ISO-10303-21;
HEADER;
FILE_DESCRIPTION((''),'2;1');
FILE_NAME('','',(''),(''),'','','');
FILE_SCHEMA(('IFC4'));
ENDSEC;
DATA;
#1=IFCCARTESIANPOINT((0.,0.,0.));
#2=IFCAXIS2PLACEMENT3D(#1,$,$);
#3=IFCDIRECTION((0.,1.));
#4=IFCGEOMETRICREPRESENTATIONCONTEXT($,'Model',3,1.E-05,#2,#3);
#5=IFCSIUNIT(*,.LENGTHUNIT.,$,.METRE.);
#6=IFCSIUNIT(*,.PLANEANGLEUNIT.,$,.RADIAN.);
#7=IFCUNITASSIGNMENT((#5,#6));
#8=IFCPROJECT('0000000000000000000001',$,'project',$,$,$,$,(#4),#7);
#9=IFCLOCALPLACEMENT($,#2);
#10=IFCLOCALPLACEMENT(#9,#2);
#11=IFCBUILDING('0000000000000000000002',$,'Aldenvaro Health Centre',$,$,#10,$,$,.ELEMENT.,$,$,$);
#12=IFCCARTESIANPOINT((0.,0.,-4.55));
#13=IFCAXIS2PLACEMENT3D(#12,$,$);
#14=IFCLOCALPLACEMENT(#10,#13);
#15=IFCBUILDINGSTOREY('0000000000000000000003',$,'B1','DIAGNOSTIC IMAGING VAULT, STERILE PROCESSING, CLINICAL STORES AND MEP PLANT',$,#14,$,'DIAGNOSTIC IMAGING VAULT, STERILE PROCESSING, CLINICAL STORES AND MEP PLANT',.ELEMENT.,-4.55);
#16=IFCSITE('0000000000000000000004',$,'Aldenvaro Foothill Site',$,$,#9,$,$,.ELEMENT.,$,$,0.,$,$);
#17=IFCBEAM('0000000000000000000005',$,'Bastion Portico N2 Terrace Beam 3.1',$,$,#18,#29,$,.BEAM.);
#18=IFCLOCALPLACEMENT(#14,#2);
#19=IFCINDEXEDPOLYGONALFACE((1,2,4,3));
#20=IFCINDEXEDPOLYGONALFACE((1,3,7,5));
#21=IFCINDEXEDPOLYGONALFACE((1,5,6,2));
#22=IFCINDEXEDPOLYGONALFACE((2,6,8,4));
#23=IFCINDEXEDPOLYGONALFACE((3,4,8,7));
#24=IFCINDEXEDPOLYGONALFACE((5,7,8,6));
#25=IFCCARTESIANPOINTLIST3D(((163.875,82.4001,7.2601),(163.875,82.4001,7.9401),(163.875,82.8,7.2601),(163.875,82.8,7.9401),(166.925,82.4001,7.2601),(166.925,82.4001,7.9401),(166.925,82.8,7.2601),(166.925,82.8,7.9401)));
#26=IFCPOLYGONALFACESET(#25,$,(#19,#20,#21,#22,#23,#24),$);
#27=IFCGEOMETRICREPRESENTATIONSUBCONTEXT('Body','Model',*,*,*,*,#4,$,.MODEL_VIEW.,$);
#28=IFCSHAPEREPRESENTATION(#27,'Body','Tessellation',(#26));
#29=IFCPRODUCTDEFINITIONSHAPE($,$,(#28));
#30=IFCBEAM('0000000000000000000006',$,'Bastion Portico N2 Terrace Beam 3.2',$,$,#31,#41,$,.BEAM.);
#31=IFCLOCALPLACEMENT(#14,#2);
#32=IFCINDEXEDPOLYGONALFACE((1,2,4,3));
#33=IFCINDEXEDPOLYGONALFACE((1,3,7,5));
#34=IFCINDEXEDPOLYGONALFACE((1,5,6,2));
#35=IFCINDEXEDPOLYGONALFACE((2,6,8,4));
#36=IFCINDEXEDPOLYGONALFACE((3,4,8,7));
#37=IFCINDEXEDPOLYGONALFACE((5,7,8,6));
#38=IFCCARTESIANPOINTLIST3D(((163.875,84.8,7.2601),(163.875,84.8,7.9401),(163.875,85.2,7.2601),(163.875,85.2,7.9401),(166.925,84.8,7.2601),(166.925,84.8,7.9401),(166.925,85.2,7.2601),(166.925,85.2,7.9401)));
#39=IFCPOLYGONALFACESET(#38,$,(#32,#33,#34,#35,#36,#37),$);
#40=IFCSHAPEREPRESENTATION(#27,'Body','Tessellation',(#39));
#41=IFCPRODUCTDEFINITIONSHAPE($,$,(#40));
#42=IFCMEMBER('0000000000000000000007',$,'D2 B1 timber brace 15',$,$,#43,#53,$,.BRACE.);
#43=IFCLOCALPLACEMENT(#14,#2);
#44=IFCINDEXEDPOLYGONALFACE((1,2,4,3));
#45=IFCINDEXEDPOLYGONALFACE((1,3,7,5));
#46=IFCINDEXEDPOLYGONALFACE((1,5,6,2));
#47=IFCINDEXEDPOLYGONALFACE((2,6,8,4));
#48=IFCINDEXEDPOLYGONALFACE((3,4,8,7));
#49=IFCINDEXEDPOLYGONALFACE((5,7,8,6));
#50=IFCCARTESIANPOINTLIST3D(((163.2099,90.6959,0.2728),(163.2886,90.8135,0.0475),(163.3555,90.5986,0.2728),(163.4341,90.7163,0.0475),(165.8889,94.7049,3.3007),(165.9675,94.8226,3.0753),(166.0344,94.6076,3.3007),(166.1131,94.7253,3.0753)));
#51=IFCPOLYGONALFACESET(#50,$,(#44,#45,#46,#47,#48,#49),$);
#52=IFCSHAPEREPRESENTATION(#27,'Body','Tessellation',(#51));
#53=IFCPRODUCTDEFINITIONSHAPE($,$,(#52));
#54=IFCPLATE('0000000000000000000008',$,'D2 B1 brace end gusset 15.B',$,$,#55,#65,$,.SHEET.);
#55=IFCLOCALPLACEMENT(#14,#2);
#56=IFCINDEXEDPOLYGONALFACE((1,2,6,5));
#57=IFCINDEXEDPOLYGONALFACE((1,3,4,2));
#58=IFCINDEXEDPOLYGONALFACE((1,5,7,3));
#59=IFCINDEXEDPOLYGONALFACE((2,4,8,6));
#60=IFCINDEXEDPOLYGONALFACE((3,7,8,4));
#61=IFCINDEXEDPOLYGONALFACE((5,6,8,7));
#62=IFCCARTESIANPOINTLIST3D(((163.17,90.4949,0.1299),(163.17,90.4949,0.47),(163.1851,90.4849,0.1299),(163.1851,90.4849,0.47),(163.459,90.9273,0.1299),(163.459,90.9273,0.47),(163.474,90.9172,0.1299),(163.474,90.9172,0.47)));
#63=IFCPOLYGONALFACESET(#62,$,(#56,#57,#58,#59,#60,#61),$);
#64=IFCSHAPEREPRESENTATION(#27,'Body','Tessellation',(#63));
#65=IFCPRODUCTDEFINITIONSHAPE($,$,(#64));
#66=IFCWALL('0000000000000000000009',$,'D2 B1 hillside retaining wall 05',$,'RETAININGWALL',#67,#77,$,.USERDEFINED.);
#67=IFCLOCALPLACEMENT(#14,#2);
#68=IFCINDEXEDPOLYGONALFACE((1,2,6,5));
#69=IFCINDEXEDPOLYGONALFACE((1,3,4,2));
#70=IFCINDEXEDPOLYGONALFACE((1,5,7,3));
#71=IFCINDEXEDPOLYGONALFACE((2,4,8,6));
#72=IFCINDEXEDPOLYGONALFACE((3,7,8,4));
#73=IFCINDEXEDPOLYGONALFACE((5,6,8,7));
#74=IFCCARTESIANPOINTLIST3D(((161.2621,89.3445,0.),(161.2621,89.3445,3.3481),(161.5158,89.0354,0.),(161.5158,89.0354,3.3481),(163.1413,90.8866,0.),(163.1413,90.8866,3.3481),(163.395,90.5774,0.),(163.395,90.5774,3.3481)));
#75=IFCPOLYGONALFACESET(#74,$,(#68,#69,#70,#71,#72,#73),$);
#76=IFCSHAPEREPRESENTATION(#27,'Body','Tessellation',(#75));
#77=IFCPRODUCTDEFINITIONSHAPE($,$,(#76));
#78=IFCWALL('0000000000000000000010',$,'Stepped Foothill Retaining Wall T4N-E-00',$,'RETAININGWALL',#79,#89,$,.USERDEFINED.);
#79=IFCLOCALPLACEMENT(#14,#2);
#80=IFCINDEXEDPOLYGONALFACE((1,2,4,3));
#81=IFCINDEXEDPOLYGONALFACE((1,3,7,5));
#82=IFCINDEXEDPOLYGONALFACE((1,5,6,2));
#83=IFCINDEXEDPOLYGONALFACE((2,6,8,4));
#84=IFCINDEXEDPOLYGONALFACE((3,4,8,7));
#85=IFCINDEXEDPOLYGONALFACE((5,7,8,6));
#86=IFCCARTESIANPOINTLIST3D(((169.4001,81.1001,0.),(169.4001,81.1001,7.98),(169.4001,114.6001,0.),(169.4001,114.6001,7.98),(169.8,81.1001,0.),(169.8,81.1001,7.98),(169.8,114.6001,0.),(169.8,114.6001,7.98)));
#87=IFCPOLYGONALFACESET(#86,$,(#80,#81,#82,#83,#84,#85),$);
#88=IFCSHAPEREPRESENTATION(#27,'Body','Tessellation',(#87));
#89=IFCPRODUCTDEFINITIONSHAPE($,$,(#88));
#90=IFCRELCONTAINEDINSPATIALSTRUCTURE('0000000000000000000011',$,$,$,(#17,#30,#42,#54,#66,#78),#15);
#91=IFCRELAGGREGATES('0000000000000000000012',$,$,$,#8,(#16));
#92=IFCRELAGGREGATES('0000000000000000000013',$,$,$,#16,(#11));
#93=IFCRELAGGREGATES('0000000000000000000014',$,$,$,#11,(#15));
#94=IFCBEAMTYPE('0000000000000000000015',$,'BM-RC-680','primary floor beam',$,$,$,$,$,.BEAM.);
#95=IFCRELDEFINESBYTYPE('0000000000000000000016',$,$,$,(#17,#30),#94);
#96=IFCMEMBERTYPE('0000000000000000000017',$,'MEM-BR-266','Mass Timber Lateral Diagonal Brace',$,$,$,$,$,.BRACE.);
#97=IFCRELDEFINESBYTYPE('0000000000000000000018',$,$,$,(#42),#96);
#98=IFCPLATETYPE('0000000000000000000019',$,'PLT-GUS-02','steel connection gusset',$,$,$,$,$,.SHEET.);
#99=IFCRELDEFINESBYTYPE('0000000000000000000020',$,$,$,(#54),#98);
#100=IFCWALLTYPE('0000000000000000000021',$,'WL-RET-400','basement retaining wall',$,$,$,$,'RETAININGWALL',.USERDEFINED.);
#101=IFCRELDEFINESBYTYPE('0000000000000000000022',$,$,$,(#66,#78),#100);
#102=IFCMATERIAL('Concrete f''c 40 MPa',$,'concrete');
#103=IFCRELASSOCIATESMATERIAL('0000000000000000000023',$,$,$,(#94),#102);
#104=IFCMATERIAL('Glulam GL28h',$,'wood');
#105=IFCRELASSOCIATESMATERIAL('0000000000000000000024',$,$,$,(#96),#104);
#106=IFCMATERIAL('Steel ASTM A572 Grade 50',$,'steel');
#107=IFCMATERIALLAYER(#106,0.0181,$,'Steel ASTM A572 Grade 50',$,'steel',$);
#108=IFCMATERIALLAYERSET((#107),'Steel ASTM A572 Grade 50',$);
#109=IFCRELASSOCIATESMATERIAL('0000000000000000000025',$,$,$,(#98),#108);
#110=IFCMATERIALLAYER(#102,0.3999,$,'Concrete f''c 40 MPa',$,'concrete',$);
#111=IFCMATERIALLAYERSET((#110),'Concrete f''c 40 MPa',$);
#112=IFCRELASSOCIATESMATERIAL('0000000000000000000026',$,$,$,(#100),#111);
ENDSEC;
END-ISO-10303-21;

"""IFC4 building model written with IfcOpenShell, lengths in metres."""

from ifc_helpers import new_model, si_unit, direction, frame, frame_2d, origin, origin_2d, place, context, subcontext, project, spatial, rectangle, extrude, material, layer, layer_set, material_profile, profile_set, type_object, element, save


model = new_model("IFC4")

# Units and contexts
model_context = context("Model", 3, precision=1e-05, world=origin(), true_north=direction((0.0, 1.0)))
body_context = subcontext(model_context, "Body", "Model", "MODEL_VIEW")
ifc_project = project(units=[si_unit("LENGTHUNIT", "METRE"), si_unit("PLANEANGLEUNIT", "RADIAN")], contexts=[model_context])

# Site, building, storey
site_placement = place(None, origin())
site = spatial("IfcSite", under=ifc_project, at=site_placement, Name="Aldenvaro Foothill Site", CompositionType="ELEMENT", RefElevation=0.0)
building_placement = place(site_placement, origin())
building = spatial("IfcBuilding", under=site, at=building_placement, Name="Aldenvaro Health Centre", CompositionType="ELEMENT")
storey_placement = place(building_placement, frame((0.0, 0.0, -4.55)))
storey = spatial("IfcBuildingStorey", under=building, at=storey_placement, Name="B1", Description="DIAGNOSTIC IMAGING VAULT, STERILE PROCESSING, CLINICAL STORES AND MEP PLANT", LongName="DIAGNOSTIC IMAGING VAULT, STERILE PROCESSING, CLINICAL STORES AND MEP PLANT", CompositionType="ELEMENT", Elevation=-4.55)

# Shared definitions
ifc_material_1 = material(Name="Concrete f'c 40 MPa", Category="concrete")

# Beams
ifc_material_profile_1 = material_profile(ifc_material_1, rectangle(XDim=0.3999, YDim=0.6799, at=origin_2d()), Name="RC 400x680", Category="concrete")
ifc_profile_set_1 = profile_set([ifc_material_profile_1], Name="Concrete f'c 40 MPa")
beam_type_1 = type_object("IfcBeamType", Name="BM-RC-680", Description="primary floor beam", PredefinedType="BEAM", material=ifc_profile_set_1)
for number, where, z_axis, x_axis, name in (
    (1, (163.875, 82.6001, 7.6001), (1.0, 0.0, 0.0), (0.0, 1.0, 0.0), "Bastion Portico N2 Terrace Beam 3.1"),
    (2, (163.875, 85.0, 7.6001), (1.0, 0.0, 0.0), (0.0, 1.0, 0.0), "Bastion Portico N2 Terrace Beam 3.2"),
):
    element("IfcBeam", number, at=place(storey_placement, frame(where, z_axis=z_axis, x_axis=x_axis)), inside=storey, type_object=beam_type_1, Name=name, PredefinedType="BEAM", context=body_context, shape_type="SweptSolid", body=[
        extrude(rectangle(XDim=0.3999, YDim=0.6799, at=origin_2d()), origin(), (0.0, 0.0, 1.0), 3.05),
    ])

# Member
ifc_material_2 = material(Name="Glulam GL28h", Category="wood")
ifc_material_profile_2 = material_profile(ifc_material_2, rectangle(XDim=0.175, YDim=0.2661, at=origin_2d()), Name="GL 175x266", Category="wood")
ifc_profile_set_2 = profile_set([ifc_material_profile_2], Name="Glulam GL28h")
member_type = type_object("IfcMemberType", Name="MEM-BR-266", Description="Mass Timber Lateral Diagonal Brace", PredefinedType="BRACE", material=ifc_profile_set_2)
member_placement = place(storey_placement, frame((163.322, 90.7061, 0.1602), z_axis=(0.470522, 0.704132, 0.531797), x_axis=(-0.83145, 0.5556, 0.0)))
element("IfcMember", 3, at=member_placement, inside=storey, type_object=member_type, Name="D2 B1 timber brace 15", PredefinedType="BRACE", context=body_context, shape_type="SweptSolid", body=[
    extrude(rectangle(XDim=0.175, YDim=0.2661, at=origin_2d()), origin(), (0.0, 0.0, 1.0), 5.6936),
])

# Plate
ifc_material_3 = material(Name="Steel ASTM A572 Grade 50", Category="steel")
ifc_layer_1 = layer(ifc_material_3, 0.0181, Name="Steel ASTM A572 Grade 50", Category="steel")
ifc_layer_set_1 = layer_set([ifc_layer_1], Name="Steel ASTM A572 Grade 50")
plate_type = type_object("IfcPlateType", Name="PLT-GUS-02", Description="steel connection gusset", PredefinedType="SHEET", material=ifc_layer_set_1)
plate_placement = place(storey_placement, frame((163.322, 90.7061, 0.1299), z_axis=(0.0, 0.0, 1.0), x_axis=(0.555614, 0.831441, 0.0)))
element("IfcPlate", 4, at=plate_placement, inside=storey, type_object=plate_type, Name="D2 B1 brace end gusset 15.B", PredefinedType="SHEET", context=body_context, shape_type="SweptSolid", body=[
    extrude(rectangle(XDim=0.52, YDim=0.0181, at=origin_2d()), origin(), (0.0, 0.0, 1.0), 0.3401),
])

# Walls
ifc_layer_2 = layer(ifc_material_1, 0.3999, Name="Concrete f'c 40 MPa", Category="concrete")
ifc_layer_set_2 = layer_set([ifc_layer_2], Name="Concrete f'c 40 MPa")
wall_type = type_object("IfcWallType", Name="WL-RET-400", Description="basement retaining wall", ElementType="RETAININGWALL", PredefinedType="USERDEFINED", material=ifc_layer_set_2)
wall_1_placement = place(storey_placement, frame((163.2681, 90.7319, 0.0), z_axis=(0.0, 0.0, 1.0), x_axis=(-0.773048, -0.634347, 0.0)))
element("IfcWall", 5, at=wall_1_placement, inside=storey, type_object=wall_type, Name="D2 B1 hillside retaining wall 05", ObjectType="RETAININGWALL", PredefinedType="USERDEFINED", context=body_context, shape_type="SweptSolid", body=[
    extrude(rectangle(XDim=2.4309, YDim=0.3999, at=frame_2d((1.2153, 0.0))), origin(), (0.0, 0.0, 1.0), 3.3481),
])
wall_2_placement = place(storey_placement, frame((169.6001, 81.1001, 0.0), z_axis=(0.0, 0.0, 1.0), x_axis=(0.0, 1.0, 0.0)))
element("IfcWall", 6, at=wall_2_placement, inside=storey, type_object=wall_type, Name="Stepped Foothill Retaining Wall T4N-E-00", ObjectType="RETAININGWALL", PredefinedType="USERDEFINED", context=body_context, shape_type="SweptSolid", body=[
    extrude(rectangle(XDim=33.5, YDim=0.3999, at=frame_2d((16.75, 0.0))), origin(), (0.0, 0.0, 1.0), 7.98),
])

save(model, "model.ifc")
